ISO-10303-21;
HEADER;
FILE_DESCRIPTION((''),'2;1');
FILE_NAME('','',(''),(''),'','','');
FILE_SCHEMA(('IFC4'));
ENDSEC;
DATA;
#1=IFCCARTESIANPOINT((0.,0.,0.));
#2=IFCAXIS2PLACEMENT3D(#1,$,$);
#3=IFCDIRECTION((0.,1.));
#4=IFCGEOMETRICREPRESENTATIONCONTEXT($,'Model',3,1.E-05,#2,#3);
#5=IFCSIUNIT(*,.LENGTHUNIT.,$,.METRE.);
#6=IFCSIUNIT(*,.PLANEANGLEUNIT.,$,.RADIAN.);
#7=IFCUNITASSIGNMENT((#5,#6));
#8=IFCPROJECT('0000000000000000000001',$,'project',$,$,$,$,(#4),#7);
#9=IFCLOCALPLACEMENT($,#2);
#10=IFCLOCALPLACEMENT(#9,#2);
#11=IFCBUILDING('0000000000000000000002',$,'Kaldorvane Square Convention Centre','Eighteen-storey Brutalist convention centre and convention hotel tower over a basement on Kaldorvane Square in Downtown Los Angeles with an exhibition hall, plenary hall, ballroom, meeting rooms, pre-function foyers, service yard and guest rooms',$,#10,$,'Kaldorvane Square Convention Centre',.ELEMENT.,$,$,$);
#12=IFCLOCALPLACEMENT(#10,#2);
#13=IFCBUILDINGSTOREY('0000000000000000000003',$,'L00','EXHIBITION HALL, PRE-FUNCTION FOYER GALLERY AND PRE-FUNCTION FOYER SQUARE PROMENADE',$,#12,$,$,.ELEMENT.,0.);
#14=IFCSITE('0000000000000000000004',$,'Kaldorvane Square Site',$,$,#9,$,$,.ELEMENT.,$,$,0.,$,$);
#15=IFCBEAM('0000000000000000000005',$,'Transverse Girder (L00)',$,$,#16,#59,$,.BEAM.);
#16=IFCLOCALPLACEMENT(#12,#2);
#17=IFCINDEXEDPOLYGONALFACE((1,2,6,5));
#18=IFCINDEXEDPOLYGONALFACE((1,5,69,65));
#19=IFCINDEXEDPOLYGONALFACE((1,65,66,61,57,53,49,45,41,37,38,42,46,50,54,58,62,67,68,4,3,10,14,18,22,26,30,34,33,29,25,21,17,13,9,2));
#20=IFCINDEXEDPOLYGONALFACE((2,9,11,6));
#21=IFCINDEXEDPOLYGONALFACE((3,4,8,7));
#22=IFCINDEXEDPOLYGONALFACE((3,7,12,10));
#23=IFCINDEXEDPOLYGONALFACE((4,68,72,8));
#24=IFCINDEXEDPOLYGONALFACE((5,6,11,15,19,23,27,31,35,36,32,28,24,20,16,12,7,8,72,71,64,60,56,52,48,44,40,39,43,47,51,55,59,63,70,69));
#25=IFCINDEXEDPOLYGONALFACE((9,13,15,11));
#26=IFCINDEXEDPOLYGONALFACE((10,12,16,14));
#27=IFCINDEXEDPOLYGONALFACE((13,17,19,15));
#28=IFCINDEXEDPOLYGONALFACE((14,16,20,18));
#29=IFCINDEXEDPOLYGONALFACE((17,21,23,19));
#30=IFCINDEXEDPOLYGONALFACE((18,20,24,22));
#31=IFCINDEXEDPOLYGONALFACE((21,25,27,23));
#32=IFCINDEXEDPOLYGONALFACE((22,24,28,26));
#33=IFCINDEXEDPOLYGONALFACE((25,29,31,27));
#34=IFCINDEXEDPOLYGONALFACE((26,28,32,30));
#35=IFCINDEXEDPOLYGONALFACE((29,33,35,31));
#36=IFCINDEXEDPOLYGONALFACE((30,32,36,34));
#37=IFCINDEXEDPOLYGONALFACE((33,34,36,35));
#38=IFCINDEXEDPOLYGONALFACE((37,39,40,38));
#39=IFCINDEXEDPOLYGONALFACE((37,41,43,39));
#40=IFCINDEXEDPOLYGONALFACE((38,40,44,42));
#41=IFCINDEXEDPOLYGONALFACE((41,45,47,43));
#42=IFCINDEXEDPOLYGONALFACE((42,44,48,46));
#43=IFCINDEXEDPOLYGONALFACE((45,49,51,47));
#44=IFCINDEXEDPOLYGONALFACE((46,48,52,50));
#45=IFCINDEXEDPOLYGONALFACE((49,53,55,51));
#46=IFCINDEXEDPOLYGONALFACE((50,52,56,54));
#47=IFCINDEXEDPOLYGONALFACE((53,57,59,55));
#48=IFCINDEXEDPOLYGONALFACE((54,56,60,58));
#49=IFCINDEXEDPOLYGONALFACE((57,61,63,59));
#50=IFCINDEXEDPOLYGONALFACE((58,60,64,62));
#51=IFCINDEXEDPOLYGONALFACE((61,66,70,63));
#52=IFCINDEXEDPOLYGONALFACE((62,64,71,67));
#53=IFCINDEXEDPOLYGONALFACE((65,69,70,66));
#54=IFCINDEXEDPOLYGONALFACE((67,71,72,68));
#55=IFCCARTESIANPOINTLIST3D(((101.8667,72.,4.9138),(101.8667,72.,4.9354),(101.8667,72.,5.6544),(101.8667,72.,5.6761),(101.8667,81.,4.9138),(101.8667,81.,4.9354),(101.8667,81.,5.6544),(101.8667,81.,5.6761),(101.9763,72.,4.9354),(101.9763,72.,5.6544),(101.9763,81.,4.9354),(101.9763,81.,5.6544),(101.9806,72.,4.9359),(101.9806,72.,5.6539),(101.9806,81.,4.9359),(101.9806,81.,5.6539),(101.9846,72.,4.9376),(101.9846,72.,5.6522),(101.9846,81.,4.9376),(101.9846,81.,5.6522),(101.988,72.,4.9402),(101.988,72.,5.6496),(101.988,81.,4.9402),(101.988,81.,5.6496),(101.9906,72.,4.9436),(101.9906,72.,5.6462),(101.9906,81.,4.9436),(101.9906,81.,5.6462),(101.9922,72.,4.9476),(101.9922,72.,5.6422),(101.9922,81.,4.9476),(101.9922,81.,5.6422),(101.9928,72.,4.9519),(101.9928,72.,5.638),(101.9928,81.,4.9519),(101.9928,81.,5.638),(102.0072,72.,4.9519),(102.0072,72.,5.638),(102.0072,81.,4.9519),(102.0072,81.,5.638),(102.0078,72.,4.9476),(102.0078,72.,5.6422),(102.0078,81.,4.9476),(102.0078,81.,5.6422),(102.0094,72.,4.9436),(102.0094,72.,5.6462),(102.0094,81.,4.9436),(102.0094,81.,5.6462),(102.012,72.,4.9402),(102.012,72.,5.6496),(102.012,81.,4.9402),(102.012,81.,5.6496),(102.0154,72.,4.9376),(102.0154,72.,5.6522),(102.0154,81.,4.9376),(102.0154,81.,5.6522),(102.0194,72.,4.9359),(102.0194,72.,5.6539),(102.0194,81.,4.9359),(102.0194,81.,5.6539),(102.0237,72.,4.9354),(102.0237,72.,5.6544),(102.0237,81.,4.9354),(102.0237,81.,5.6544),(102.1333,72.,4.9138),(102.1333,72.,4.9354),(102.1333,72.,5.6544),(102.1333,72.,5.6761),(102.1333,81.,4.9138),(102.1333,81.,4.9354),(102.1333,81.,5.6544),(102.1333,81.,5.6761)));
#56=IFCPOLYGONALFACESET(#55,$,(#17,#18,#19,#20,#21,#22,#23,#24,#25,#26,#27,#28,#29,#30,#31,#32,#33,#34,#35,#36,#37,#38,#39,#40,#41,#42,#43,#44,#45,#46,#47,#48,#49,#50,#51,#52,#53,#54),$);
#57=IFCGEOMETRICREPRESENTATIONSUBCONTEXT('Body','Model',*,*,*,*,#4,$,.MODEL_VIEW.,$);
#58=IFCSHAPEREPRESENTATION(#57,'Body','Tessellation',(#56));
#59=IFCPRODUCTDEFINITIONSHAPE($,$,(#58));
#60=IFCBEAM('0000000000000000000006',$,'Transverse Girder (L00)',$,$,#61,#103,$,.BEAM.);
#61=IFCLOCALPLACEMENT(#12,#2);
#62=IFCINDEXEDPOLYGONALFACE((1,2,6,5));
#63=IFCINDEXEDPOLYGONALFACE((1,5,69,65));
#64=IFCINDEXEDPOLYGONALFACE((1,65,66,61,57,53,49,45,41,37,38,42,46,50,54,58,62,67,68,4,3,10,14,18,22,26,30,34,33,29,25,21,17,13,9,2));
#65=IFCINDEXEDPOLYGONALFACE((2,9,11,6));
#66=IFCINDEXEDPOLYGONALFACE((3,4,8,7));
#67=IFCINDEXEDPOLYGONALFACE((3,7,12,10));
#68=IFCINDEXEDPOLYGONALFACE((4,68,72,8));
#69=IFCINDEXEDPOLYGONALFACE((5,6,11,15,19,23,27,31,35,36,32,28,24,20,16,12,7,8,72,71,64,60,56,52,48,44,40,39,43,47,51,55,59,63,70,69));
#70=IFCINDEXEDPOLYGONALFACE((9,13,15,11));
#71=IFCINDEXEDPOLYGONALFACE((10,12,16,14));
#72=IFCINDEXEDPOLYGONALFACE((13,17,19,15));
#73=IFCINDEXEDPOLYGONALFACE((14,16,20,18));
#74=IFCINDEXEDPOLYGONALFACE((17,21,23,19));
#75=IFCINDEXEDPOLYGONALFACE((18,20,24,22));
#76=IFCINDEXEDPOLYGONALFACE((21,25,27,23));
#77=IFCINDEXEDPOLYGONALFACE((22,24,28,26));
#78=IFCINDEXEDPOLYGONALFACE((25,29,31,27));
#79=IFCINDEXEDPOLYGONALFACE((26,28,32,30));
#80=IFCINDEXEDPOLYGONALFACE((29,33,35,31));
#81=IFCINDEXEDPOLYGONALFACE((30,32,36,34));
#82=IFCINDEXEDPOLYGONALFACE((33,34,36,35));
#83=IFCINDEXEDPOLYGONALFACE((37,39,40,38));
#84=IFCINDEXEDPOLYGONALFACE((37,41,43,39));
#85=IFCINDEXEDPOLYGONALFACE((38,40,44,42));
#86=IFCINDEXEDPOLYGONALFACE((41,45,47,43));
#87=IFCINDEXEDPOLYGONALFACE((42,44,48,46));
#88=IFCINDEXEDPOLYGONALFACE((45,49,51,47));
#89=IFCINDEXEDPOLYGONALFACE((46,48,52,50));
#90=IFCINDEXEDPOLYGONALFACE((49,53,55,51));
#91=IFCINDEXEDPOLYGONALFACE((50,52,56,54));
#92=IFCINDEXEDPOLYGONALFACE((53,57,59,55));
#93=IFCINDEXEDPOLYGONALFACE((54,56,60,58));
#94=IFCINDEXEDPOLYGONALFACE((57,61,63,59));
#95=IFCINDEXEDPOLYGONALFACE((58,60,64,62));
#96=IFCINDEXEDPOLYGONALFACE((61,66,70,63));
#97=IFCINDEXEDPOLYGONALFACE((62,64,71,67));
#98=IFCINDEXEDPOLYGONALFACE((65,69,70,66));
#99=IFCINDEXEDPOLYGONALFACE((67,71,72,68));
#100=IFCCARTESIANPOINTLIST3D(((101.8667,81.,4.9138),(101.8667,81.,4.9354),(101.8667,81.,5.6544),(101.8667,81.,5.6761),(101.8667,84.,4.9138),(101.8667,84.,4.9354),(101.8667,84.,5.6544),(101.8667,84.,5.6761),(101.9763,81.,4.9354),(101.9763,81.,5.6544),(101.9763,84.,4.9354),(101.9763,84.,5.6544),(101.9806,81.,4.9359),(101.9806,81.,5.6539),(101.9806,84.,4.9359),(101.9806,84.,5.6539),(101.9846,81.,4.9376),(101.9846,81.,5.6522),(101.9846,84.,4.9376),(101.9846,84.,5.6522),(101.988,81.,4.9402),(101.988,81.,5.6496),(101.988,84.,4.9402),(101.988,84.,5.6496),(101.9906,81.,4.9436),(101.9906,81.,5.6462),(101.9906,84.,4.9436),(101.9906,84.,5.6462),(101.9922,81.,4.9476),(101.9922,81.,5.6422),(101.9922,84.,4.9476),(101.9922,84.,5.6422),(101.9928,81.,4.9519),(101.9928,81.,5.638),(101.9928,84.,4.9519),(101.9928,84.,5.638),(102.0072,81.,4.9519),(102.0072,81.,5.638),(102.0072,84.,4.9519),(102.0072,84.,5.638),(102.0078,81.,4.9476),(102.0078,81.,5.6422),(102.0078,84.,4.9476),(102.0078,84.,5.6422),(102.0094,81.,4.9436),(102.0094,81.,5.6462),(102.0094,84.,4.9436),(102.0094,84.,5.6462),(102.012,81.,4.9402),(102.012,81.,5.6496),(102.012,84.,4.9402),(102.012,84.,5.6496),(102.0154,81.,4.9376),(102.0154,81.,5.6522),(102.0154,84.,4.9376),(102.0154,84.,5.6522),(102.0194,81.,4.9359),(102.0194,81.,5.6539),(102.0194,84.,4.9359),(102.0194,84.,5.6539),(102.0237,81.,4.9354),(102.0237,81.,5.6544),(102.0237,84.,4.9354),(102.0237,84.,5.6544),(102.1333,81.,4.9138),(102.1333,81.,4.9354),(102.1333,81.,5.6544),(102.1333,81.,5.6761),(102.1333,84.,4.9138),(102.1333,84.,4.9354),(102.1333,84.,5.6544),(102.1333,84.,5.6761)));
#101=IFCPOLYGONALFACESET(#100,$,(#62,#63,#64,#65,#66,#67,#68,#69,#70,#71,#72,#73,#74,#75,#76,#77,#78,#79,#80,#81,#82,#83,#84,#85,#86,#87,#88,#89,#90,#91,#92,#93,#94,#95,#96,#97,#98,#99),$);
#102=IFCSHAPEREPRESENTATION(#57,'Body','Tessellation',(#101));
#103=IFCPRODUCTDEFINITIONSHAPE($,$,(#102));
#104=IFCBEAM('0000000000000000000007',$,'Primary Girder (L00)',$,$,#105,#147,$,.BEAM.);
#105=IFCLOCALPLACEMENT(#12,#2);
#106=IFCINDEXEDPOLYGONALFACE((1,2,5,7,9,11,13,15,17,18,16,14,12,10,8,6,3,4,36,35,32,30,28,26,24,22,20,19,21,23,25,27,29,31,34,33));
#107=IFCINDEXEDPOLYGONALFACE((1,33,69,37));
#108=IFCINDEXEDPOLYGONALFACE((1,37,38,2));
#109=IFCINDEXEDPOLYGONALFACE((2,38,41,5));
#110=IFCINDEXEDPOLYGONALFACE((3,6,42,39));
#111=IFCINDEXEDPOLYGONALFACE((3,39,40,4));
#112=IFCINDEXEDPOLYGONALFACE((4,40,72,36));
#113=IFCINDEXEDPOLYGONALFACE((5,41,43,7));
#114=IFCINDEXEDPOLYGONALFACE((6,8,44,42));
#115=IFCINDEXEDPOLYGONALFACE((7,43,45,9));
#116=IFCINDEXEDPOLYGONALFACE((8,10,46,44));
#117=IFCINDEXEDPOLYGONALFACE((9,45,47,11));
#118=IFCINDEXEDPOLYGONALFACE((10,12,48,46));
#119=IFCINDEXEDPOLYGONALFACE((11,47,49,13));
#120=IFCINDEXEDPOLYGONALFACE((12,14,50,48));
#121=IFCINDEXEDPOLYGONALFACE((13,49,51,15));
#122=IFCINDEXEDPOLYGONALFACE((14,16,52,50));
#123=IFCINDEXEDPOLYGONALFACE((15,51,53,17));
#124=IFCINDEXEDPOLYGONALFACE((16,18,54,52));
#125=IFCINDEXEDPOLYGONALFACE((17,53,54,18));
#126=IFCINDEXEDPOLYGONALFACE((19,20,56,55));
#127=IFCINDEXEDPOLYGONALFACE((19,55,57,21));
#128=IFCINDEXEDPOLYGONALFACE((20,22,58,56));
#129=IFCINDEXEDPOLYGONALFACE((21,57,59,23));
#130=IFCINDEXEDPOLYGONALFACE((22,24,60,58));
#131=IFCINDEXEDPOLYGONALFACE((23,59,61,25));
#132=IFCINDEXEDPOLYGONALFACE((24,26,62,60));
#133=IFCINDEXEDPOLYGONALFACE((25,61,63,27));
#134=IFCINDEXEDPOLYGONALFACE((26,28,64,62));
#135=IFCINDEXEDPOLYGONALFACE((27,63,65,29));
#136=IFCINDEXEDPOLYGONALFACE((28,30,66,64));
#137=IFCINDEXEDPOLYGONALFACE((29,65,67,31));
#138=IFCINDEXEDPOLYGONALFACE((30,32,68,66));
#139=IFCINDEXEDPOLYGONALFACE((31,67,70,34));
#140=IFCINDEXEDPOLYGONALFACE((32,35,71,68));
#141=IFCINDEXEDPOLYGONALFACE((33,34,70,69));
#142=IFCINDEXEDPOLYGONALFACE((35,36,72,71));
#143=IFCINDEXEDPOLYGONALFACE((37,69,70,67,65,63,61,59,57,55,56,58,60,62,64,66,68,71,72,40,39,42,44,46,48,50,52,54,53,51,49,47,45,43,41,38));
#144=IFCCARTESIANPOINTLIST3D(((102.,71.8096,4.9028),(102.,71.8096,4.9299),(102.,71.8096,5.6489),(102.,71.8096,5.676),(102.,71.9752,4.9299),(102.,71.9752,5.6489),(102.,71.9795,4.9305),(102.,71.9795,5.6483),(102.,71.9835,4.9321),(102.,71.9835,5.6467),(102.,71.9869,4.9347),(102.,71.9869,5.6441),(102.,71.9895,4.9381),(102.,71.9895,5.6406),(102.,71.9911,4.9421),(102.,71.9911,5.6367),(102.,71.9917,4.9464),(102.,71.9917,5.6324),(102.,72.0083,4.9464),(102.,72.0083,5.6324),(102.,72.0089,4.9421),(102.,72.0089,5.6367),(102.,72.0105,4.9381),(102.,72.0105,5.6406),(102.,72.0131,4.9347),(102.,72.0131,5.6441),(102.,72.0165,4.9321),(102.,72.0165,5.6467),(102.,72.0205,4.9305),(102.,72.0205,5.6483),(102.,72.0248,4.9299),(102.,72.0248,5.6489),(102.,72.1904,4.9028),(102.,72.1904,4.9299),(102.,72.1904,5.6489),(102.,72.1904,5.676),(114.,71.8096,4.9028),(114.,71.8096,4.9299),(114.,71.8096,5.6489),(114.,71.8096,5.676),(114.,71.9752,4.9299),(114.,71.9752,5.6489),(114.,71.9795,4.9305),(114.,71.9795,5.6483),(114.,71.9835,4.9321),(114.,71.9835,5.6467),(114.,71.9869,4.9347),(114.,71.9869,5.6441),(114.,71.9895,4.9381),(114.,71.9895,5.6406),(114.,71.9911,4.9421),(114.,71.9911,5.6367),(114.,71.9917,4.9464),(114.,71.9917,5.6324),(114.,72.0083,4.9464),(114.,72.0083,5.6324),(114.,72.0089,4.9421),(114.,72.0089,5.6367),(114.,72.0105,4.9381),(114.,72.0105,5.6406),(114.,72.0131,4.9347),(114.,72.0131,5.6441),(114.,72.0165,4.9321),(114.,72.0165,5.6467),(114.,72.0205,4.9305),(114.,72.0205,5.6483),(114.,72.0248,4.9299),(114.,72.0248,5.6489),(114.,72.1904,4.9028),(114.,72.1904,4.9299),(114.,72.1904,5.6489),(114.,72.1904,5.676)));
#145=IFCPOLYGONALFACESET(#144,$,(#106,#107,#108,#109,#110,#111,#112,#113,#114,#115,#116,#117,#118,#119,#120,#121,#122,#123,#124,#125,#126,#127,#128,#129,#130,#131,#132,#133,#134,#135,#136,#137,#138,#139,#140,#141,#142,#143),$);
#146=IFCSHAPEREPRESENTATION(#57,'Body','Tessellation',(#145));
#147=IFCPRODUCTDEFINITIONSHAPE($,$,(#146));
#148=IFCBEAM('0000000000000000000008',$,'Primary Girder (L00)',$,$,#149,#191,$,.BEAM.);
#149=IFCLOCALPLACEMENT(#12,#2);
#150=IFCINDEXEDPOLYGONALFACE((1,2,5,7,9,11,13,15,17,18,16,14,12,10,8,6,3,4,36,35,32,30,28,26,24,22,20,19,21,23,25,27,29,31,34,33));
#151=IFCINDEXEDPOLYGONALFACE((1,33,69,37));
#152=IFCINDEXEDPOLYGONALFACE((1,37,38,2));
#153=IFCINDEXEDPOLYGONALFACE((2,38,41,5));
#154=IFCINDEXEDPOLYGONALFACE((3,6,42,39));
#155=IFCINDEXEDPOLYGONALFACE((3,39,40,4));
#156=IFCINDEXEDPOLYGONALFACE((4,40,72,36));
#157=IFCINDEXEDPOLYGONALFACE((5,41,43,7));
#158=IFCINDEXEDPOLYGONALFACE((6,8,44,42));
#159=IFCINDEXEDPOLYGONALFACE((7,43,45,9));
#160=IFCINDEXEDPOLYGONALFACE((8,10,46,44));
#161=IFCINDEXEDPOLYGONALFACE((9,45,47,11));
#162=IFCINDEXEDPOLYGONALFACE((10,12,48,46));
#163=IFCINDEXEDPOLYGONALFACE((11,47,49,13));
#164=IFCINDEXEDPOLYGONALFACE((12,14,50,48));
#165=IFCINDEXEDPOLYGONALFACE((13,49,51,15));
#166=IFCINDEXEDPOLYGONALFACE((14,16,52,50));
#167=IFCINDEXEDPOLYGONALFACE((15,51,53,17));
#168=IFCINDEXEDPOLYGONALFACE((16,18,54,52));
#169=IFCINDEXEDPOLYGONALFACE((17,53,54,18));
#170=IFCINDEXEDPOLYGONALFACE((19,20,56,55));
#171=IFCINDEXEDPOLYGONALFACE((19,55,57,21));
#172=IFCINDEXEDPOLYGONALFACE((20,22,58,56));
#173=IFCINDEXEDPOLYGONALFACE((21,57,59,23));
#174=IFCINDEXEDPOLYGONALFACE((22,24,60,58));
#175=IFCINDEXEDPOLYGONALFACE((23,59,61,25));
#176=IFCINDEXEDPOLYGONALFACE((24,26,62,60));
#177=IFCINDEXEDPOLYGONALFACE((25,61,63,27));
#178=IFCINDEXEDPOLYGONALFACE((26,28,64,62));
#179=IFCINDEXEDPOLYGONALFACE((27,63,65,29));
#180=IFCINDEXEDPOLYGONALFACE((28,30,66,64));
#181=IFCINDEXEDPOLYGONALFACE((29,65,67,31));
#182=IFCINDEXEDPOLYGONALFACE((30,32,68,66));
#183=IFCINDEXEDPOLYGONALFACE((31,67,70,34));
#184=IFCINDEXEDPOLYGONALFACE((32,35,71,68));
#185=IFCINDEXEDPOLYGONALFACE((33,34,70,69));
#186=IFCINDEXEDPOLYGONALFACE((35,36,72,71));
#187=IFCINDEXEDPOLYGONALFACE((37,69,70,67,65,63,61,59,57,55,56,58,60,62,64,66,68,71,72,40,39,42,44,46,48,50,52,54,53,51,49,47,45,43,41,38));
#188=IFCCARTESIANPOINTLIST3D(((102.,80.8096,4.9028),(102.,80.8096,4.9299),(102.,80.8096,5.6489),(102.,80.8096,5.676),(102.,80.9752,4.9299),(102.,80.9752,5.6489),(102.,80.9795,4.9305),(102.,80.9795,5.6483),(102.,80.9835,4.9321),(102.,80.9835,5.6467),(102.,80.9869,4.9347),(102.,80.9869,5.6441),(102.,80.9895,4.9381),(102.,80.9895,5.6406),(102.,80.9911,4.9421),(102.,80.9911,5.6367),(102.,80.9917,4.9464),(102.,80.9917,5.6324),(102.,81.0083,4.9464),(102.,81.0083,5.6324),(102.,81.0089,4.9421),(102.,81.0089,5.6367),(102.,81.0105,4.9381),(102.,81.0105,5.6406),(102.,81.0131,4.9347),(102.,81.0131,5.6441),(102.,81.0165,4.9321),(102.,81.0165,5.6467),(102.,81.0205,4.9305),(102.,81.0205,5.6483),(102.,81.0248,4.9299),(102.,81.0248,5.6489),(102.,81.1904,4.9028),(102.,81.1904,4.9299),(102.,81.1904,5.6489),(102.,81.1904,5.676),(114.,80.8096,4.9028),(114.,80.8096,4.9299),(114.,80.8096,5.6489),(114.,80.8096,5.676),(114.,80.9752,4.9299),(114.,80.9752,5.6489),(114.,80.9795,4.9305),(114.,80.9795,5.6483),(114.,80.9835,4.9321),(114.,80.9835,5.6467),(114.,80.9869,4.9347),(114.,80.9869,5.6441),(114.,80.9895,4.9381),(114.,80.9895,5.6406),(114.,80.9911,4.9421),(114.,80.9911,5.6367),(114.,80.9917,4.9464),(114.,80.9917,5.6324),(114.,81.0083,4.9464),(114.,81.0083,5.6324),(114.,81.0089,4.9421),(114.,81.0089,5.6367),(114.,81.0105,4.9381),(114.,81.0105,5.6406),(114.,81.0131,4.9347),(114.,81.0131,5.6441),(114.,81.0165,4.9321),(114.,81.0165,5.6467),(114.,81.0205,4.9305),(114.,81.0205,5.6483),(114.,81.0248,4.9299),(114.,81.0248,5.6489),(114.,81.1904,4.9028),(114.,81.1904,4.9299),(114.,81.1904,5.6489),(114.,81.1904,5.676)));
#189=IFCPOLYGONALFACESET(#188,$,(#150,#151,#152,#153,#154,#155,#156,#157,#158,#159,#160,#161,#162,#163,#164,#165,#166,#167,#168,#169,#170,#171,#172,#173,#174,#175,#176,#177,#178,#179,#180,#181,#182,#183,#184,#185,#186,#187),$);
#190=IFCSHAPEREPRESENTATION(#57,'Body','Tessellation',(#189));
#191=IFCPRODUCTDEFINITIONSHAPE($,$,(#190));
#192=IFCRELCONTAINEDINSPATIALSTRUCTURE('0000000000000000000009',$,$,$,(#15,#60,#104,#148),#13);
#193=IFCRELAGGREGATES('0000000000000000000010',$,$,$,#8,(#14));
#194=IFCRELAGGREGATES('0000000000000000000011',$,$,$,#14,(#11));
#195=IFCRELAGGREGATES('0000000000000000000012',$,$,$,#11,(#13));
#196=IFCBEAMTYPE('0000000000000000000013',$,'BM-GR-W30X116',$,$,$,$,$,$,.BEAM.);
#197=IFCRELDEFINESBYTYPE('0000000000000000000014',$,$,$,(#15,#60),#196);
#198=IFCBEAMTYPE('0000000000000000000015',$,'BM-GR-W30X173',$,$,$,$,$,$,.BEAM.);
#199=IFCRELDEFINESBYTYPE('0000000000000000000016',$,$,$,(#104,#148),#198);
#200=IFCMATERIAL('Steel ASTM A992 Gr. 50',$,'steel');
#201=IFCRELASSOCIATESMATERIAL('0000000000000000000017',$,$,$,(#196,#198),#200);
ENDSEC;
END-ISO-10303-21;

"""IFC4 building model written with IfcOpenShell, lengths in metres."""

from ifc_helpers import new_model, si_unit, direction, frame, origin, origin_2d, place, context, subcontext, project, spatial, i_section, extrude, material, material_profile, profile_set, type_object, element, save


model = new_model("IFC4")

# Units and contexts
model_context = context("Model", 3, precision=1e-05, world=origin(), true_north=direction((0.0, 1.0)))
body_context = subcontext(model_context, "Body", "Model", "MODEL_VIEW")
ifc_project = project(units=[si_unit("LENGTHUNIT", "METRE"), si_unit("PLANEANGLEUNIT", "RADIAN")], contexts=[model_context])

# Site, building, storey
site_placement = place(None, origin())
site = spatial("IfcSite", under=ifc_project, at=site_placement, Name="Kaldorvane Square Site", CompositionType="ELEMENT", RefElevation=0.0)
building_placement = place(site_placement, origin())
building = spatial("IfcBuilding", under=site, at=building_placement, Name="Kaldorvane Square Convention Centre", Description="Eighteen-storey Brutalist convention centre and convention hotel tower over a basement on Kaldorvane Square in Downtown Los Angeles with an exhibition hall, plenary hall, ballroom, meeting rooms, pre-function foyers, service yard and guest rooms", LongName="Kaldorvane Square Convention Centre", CompositionType="ELEMENT")
storey_placement = place(building_placement, origin())
storey = spatial("IfcBuildingStorey", under=building, at=storey_placement, Name="L00", Description="EXHIBITION HALL, PRE-FUNCTION FOYER GALLERY AND PRE-FUNCTION FOYER SQUARE PROMENADE", CompositionType="ELEMENT", Elevation=0.0)

# Shared definitions
ifc_material_1 = material(Name="Steel ASTM A992 Gr. 50", Category="steel")

# Beams
ifc_material_profile_1 = material_profile(ifc_material_1, i_section(OverallWidth=0.2666, OverallDepth=0.7623, WebThickness=0.0144, FlangeThickness=0.0216, FilletRadius=0.0165, at=origin_2d()), Name="W30X116")
ifc_profile_set_1 = profile_set([ifc_material_profile_1], Name="Steel ASTM A992 Gr. 50")
beam_type_1 = type_object("IfcBeamType", Name="BM-GR-W30X116", PredefinedType="BEAM", material=ifc_profile_set_1)
beam_1_placement = place(storey_placement, frame((102.0, 72.0, 5.2949), z_axis=(0.0, 1.0, 0.0), x_axis=(-1.0, 0.0, 0.0)))
element("IfcBeam", 1, at=beam_1_placement, inside=storey, type_object=beam_type_1, Name="Transverse Girder (L00)", PredefinedType="BEAM", context=body_context, shape_type="SweptSolid", body=[
    extrude(i_section(OverallWidth=0.2666, OverallDepth=0.7623, WebThickness=0.0144, FlangeThickness=0.0216, FilletRadius=0.0165, at=origin_2d()), origin(), (0.0, 0.0, 1.0), 9.0),
])
beam_2_placement = place(storey_placement, frame((102.0, 81.0, 5.2949), z_axis=(0.0, 1.0, 0.0), x_axis=(-1.0, 0.0, 0.0)))
element("IfcBeam", 2, at=beam_2_placement, inside=storey, type_object=beam_type_1, Name="Transverse Girder (L00)", PredefinedType="BEAM", context=body_context, shape_type="SweptSolid", body=[
    extrude(i_section(OverallWidth=0.2666, OverallDepth=0.7623, WebThickness=0.0144, FlangeThickness=0.0216, FilletRadius=0.0165, at=origin_2d()), origin(), (0.0, 0.0, 1.0), 3.0),
])
ifc_material_profile_2 = material_profile(ifc_material_1, i_section(OverallWidth=0.3807, OverallDepth=0.7732, WebThickness=0.0166, FlangeThickness=0.0271, FilletRadius=0.0165, at=origin_2d()), Name="W30X173")
ifc_profile_set_2 = profile_set([ifc_material_profile_2], Name="Steel ASTM A992 Gr. 50")
beam_type_2 = type_object("IfcBeamType", Name="BM-GR-W30X173", PredefinedType="BEAM", material=ifc_profile_set_2)
for number, where, z_axis, x_axis, name in (
    (3, (102.0, 72.0, 5.2894), (1.0, 0.0, 0.0), (0.0, 1.0, 0.0), "Primary Girder (L00)"),
    (4, (102.0, 81.0, 5.2894), (1.0, 0.0, 0.0), (0.0, 1.0, 0.0), "Primary Girder (L00)"),
):
    element("IfcBeam", number, at=place(storey_placement, frame(where, z_axis=z_axis, x_axis=x_axis)), inside=storey, type_object=beam_type_2, Name=name, PredefinedType="BEAM", context=body_context, shape_type="SweptSolid", body=[
        extrude(i_section(OverallWidth=0.3807, OverallDepth=0.7732, WebThickness=0.0166, FlangeThickness=0.0271, FilletRadius=0.0165, at=origin_2d()), origin(), (0.0, 0.0, 1.0), 12.0),
    ])

save(model, "model.ifc")
